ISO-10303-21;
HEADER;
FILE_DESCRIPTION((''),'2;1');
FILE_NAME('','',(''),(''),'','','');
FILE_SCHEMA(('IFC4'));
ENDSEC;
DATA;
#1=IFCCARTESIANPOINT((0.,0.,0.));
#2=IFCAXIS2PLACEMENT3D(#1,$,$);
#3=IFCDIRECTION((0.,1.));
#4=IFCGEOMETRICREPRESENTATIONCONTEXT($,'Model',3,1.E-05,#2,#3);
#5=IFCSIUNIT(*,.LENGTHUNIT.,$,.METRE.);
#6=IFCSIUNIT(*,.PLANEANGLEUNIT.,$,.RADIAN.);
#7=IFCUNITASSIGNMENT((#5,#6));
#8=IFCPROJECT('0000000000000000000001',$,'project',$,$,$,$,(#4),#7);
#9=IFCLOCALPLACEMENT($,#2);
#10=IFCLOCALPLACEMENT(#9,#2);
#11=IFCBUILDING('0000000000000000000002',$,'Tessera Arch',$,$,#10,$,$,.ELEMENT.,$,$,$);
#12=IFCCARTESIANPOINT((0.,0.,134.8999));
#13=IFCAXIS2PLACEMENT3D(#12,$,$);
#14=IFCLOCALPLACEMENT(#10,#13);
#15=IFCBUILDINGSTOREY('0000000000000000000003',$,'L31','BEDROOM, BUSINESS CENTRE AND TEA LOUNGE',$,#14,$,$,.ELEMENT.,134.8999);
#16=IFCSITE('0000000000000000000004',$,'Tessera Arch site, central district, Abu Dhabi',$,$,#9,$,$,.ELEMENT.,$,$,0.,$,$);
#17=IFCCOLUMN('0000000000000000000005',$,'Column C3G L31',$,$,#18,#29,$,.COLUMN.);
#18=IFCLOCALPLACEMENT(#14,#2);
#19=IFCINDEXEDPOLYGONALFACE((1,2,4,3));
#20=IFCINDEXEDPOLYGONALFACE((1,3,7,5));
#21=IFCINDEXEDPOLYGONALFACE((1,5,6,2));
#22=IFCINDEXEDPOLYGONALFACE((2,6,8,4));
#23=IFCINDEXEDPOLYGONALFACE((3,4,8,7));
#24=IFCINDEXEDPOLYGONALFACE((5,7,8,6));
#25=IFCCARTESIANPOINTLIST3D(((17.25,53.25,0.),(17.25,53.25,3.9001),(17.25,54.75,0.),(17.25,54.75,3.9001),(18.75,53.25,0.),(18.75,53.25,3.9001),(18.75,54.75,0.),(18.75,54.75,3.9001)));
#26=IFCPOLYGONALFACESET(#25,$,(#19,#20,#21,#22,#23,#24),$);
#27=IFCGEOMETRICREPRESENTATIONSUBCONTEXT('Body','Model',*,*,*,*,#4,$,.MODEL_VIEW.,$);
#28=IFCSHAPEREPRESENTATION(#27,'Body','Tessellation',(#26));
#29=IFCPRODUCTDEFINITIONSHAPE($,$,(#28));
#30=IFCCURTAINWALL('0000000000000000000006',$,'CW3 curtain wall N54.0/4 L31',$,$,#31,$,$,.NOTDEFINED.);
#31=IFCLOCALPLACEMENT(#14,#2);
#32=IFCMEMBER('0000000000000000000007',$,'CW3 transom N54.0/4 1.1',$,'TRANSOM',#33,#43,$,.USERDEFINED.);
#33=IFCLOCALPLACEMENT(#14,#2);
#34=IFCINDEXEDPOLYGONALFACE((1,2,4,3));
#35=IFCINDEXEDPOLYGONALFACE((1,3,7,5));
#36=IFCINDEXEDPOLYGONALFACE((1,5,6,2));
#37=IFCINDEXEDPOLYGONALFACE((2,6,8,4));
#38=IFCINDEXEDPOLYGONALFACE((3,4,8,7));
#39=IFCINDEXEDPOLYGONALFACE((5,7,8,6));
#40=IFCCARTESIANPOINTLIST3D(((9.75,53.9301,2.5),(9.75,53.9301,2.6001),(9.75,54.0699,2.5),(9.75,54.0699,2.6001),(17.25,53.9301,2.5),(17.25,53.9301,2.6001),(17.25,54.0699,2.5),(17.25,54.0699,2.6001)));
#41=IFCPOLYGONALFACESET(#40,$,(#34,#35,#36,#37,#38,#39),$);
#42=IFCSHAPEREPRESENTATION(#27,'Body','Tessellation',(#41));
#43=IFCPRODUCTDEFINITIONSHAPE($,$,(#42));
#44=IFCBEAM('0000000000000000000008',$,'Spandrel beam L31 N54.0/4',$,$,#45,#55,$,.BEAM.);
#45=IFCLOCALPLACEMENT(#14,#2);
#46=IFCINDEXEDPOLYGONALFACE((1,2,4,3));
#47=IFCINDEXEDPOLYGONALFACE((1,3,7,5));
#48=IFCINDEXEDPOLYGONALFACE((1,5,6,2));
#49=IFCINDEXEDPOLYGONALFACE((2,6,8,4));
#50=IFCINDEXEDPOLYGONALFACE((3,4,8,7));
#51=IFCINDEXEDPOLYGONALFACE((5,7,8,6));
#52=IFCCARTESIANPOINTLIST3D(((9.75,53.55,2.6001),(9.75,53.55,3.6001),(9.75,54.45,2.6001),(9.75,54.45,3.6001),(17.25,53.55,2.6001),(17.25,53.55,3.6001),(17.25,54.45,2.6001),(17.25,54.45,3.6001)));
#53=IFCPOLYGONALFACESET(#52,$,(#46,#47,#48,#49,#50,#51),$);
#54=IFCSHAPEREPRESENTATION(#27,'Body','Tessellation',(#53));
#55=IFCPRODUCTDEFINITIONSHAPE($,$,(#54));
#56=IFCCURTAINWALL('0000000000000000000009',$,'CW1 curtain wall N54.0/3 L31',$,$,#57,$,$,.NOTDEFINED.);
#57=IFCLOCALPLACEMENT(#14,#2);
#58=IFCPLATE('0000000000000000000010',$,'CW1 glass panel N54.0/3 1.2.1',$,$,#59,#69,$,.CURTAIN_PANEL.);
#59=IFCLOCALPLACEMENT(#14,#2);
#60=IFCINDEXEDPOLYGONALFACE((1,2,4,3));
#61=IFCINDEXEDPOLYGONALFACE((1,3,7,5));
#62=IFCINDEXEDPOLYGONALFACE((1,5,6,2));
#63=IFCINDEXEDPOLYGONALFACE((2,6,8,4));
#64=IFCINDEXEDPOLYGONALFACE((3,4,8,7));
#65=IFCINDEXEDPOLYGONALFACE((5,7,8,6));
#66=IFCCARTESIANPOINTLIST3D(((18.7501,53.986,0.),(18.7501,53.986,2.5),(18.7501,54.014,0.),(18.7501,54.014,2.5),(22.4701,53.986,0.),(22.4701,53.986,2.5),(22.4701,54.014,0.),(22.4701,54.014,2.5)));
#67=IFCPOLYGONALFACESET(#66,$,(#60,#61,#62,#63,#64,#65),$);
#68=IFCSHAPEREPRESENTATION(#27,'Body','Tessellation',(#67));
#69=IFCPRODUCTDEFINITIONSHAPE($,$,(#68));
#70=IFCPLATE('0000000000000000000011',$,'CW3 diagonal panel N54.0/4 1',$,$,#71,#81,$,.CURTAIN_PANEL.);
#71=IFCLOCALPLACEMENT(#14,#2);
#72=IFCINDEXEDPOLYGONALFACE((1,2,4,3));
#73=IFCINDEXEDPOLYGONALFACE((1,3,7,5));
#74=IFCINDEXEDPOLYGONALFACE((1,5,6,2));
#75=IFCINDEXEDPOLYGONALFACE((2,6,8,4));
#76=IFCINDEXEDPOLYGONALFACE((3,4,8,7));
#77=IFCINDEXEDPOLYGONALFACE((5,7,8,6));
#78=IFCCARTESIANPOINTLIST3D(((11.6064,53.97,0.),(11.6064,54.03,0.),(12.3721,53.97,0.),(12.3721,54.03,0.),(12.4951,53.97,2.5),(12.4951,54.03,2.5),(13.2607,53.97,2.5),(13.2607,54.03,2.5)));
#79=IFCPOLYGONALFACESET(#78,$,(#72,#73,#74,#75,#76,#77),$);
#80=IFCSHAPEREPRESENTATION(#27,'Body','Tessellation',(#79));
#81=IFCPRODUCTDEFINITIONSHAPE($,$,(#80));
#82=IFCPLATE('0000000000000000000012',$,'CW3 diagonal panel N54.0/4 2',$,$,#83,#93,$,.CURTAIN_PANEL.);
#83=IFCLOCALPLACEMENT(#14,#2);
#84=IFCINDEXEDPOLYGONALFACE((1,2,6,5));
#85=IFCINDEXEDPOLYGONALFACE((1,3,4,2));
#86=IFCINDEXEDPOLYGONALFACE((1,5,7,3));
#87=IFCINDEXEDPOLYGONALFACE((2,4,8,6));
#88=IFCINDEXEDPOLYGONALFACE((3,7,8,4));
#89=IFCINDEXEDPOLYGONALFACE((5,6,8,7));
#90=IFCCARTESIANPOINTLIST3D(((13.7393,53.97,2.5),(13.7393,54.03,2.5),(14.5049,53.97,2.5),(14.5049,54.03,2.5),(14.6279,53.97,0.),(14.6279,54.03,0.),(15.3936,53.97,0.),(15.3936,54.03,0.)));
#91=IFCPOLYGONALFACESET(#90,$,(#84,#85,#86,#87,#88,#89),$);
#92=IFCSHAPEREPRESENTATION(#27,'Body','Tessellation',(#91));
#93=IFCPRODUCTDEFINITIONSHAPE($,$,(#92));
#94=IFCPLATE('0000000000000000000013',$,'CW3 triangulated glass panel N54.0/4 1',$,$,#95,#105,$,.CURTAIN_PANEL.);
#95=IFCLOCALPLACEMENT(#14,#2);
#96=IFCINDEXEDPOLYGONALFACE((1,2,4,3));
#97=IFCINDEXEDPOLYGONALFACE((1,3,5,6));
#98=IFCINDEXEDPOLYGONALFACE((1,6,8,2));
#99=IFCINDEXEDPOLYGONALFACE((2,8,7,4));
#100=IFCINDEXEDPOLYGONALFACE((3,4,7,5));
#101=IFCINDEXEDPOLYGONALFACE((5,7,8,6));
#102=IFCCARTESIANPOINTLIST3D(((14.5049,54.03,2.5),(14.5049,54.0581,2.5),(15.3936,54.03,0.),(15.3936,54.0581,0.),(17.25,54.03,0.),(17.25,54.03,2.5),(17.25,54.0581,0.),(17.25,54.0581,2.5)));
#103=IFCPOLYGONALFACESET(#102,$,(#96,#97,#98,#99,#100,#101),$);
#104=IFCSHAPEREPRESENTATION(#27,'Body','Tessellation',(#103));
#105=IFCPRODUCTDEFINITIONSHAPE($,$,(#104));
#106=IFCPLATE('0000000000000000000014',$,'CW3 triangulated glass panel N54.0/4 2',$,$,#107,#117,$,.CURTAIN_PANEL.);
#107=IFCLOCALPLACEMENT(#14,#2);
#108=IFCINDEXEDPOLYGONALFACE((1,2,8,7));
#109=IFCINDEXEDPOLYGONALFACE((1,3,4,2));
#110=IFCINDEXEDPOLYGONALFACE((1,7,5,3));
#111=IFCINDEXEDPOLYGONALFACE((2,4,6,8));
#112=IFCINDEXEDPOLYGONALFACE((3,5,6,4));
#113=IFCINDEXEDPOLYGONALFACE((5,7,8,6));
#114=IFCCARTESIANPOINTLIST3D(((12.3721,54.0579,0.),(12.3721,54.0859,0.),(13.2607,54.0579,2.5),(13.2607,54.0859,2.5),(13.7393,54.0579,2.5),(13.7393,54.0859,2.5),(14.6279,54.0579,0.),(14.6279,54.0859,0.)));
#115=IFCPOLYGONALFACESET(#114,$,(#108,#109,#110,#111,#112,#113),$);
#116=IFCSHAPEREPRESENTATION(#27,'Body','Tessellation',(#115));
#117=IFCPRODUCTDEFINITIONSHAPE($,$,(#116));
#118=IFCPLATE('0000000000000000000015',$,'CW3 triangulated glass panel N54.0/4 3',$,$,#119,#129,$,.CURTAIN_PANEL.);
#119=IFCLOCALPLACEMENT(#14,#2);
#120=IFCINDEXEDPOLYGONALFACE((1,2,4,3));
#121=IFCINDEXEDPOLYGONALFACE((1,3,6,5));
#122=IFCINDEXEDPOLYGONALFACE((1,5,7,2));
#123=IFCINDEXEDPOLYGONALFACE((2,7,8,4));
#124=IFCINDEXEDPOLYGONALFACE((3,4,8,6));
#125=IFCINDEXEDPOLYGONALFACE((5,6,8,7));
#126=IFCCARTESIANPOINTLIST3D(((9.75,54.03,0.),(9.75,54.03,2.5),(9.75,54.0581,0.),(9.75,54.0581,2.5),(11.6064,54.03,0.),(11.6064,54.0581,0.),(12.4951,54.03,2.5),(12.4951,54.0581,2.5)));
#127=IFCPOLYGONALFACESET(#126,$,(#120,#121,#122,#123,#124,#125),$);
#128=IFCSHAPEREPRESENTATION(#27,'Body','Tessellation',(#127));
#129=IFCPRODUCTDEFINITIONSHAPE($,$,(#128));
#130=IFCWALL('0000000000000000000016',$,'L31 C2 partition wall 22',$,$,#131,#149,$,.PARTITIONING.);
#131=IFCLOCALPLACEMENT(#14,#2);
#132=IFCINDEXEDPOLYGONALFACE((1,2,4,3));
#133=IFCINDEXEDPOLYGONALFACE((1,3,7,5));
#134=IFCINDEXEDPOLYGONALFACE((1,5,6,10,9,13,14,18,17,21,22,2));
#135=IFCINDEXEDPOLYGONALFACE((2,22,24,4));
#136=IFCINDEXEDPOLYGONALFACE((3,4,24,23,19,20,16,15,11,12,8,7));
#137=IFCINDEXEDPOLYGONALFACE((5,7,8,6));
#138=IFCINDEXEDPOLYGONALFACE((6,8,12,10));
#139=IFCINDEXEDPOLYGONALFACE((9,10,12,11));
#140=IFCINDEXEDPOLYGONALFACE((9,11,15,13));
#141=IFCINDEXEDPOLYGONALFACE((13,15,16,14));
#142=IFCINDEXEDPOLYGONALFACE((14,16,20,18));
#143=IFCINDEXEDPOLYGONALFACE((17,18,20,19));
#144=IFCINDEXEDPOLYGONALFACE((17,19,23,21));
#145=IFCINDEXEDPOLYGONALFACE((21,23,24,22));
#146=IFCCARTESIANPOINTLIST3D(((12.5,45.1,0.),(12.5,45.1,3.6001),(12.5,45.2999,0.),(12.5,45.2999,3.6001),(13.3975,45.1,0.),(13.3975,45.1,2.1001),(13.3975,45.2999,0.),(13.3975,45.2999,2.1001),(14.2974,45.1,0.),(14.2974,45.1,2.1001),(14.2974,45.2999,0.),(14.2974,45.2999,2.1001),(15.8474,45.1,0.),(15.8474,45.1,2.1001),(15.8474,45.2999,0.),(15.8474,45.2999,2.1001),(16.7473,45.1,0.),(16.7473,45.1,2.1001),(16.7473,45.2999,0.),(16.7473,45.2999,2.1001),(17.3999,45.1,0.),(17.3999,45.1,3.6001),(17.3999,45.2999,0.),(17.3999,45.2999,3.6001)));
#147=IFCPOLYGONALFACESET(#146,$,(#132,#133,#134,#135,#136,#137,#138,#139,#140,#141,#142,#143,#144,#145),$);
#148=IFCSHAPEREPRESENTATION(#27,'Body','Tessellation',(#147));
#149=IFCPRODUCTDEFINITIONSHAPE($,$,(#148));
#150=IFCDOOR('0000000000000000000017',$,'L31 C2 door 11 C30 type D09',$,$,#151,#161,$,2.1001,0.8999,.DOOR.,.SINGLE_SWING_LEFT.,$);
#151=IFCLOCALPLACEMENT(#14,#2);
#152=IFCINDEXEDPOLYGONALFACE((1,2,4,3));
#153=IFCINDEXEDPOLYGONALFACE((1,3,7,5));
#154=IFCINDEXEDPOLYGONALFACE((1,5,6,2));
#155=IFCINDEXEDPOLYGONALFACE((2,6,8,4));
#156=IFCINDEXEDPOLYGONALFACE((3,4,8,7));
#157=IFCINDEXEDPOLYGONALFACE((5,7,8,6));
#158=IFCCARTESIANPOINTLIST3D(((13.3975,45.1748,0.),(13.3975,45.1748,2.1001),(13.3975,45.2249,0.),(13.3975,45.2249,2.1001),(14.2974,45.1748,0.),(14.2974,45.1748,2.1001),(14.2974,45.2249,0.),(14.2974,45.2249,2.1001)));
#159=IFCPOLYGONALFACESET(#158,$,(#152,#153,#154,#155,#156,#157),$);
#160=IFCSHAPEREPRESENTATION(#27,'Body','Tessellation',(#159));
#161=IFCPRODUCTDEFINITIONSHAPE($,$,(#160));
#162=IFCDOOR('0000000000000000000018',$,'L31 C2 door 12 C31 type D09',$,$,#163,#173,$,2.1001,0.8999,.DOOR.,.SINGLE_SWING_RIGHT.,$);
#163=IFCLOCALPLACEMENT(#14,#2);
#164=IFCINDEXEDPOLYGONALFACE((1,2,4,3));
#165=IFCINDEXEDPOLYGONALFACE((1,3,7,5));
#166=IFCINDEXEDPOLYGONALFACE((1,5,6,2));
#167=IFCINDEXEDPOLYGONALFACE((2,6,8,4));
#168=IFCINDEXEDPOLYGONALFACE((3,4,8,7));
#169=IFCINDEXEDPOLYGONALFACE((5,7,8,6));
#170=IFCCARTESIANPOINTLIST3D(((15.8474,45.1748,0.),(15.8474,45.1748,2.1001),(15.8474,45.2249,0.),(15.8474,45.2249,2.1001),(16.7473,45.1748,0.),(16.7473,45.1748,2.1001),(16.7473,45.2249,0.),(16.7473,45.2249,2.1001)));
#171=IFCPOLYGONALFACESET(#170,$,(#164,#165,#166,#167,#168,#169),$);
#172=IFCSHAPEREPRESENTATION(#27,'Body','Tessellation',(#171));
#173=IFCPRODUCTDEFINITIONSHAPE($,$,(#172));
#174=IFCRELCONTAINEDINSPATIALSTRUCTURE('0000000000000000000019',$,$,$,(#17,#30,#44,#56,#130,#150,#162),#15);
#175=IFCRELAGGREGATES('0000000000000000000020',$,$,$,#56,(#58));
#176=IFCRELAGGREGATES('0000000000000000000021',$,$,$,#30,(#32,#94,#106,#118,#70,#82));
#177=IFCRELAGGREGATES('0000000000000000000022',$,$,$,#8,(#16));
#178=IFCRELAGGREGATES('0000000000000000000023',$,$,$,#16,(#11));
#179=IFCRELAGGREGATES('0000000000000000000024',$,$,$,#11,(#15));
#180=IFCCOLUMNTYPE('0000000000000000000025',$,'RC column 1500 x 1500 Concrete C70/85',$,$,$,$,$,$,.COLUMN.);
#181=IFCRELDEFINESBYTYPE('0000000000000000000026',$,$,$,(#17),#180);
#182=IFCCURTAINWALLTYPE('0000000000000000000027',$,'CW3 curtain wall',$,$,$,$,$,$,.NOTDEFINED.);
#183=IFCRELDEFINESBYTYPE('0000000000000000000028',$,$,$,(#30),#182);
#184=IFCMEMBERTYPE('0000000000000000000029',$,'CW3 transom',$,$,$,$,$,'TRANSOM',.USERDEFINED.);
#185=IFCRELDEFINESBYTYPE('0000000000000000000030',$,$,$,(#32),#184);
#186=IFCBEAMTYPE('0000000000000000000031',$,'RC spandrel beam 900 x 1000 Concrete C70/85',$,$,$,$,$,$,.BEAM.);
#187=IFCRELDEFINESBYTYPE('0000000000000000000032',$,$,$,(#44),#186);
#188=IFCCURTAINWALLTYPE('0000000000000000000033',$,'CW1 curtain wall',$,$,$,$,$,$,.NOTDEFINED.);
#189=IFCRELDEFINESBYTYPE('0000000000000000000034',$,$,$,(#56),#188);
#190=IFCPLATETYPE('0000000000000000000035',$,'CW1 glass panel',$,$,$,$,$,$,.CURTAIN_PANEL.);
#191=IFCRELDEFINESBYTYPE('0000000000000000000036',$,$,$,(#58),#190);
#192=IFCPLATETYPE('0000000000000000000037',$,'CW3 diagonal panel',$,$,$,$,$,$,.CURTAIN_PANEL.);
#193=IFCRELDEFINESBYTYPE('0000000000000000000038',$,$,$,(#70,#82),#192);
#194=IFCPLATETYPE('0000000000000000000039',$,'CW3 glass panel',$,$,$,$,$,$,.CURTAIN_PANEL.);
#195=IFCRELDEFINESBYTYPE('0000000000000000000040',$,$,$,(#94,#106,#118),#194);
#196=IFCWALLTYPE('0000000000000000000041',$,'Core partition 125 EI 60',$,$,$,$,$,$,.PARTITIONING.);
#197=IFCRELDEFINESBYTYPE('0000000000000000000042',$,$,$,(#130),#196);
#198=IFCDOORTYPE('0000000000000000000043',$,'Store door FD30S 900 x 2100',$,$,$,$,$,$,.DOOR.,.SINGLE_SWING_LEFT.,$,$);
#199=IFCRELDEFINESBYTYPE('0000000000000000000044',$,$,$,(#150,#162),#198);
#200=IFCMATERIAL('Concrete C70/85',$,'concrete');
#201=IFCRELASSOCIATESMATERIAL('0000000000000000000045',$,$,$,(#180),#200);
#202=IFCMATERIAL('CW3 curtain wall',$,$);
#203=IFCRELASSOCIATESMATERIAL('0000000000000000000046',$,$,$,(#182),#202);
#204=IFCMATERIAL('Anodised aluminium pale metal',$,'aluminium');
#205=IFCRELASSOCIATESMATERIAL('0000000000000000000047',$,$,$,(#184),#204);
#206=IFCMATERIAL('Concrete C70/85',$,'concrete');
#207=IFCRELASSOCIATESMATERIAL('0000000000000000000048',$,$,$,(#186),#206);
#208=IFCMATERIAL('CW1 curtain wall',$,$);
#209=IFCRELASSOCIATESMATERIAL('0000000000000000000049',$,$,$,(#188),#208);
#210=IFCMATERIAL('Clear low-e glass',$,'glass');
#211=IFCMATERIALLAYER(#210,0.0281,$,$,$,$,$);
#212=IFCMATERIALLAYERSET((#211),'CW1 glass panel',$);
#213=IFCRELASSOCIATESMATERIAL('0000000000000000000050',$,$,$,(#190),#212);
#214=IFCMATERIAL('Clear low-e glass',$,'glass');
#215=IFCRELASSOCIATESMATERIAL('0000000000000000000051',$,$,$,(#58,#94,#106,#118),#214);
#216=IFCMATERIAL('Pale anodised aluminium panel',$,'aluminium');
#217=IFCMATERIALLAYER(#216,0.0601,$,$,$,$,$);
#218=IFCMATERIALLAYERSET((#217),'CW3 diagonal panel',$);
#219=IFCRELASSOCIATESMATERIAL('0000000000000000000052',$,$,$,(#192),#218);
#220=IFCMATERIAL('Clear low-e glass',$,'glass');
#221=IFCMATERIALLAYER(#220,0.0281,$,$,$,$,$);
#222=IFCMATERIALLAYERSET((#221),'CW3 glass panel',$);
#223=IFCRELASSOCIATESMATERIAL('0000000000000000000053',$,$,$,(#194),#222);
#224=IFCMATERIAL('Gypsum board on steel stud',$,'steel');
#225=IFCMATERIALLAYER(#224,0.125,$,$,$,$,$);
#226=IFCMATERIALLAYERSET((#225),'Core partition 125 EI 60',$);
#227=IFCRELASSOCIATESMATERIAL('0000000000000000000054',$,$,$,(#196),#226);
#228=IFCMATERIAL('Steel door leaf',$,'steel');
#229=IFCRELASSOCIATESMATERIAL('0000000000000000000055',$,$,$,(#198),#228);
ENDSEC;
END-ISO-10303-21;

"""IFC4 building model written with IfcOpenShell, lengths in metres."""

from ifc_helpers import new_model, si_unit, direction, frame, frame_2d, origin, origin_2d, place, context, subcontext, project, spatial, polyline, rectangle, outline, extrude, material, layer, layer_set, material_profile, profile_set, type_object, element, fill, aggregate, save


model = new_model("IFC4")

# Units and contexts
model_context = context("Model", 3, precision=1e-05, world=origin(), true_north=direction((0.0, 1.0)))
body_context = subcontext(model_context, "Body", "Model", "MODEL_VIEW")
ifc_project = project(units=[si_unit("LENGTHUNIT", "METRE"), si_unit("PLANEANGLEUNIT", "RADIAN")], contexts=[model_context])

# Site, building, storey
site_placement = place(None, origin())
site = spatial("IfcSite", under=ifc_project, at=site_placement, Name="Tessera Arch site, central district, Abu Dhabi", CompositionType="ELEMENT", RefElevation=0.0)
building_placement = place(site_placement, origin())
building = spatial("IfcBuilding", under=site, at=building_placement, Name="Tessera Arch", CompositionType="ELEMENT")
storey_placement = place(building_placement, frame((0.0, 0.0, 134.8999)))
storey = spatial("IfcBuildingStorey", under=building, at=storey_placement, Name="L31", Description="BEDROOM, BUSINESS CENTRE AND TEA LOUNGE", CompositionType="ELEMENT", Elevation=134.8999)

# Column
ifc_material_1 = material(Name="Concrete C70/85", Category="concrete")
ifc_material_profile_1 = material_profile(ifc_material_1, rectangle(XDim=1.5, YDim=1.5, at=origin_2d()), Name="RC column 1500 x 1500 Concrete C70/85")
ifc_profile_set_1 = profile_set([ifc_material_profile_1], Name="Concrete C70/85")
column_type = type_object("IfcColumnType", Name="RC column 1500 x 1500 Concrete C70/85", PredefinedType="COLUMN", material=ifc_profile_set_1)
column_placement = place(storey_placement, frame((18.0, 54.0, 0.0), z_axis=(0.0, 0.0, 1.0), x_axis=(1.0, 0.0, 0.0)))
element("IfcColumn", 1, at=column_placement, inside=storey, type_object=column_type, Name="Column C3G L31", PredefinedType="COLUMN", context=body_context, shape_type="SweptSolid", body=[
    extrude(rectangle(XDim=1.5, YDim=1.5, at=origin_2d()), origin(), (0.0, 0.0, 1.0), 3.9001),
])

# Curtain wall, member
ifc_material_2 = material(Name="CW3 curtain wall")
curtain_wall_type_1 = type_object("IfcCurtainWallType", Name="CW3 curtain wall", PredefinedType="NOTDEFINED", material=ifc_material_2)
curtain_wall_1_placement = place(storey_placement, origin())
curtain_wall_1 = element("IfcCurtainWall", 2, at=curtain_wall_1_placement, inside=storey, type_object=curtain_wall_type_1, Name="CW3 curtain wall N54.0/4 L31", PredefinedType="NOTDEFINED")
ifc_material_3 = material(Name="Anodised aluminium pale metal", Category="aluminium")
ifc_material_profile_2 = material_profile(ifc_material_3, rectangle(XDim=0.1399, YDim=0.1001, at=origin_2d()), Name="AL 140x100")
ifc_profile_set_2 = profile_set([ifc_material_profile_2], Name="Anodised aluminium pale metal")
member_type = type_object("IfcMemberType", Name="CW3 transom", ElementType="TRANSOM", PredefinedType="USERDEFINED", material=ifc_profile_set_2)
member_placement = place(storey_placement, frame((17.25, 54.0, 2.55), z_axis=(-1.0, 0.0, 0.0), x_axis=(0.0, -1.0, 0.0)))
member = element("IfcMember", 3, at=member_placement, type_object=member_type, Name="CW3 transom N54.0/4 1.1", ObjectType="TRANSOM", PredefinedType="USERDEFINED", context=body_context, shape_type="SweptSolid", body=[
    extrude(rectangle(XDim=0.1399, YDim=0.1001, at=origin_2d()), origin(), (0.0, 0.0, 1.0), 7.5),
])

# Beam
ifc_material_4 = material(Name="Concrete C70/85", Category="concrete")
ifc_material_profile_3 = material_profile(ifc_material_4, rectangle(XDim=0.8999, YDim=1.0, at=origin_2d()), Name="RC spandrel beam 900 x 1000 Concrete C70/85")
ifc_profile_set_3 = profile_set([ifc_material_profile_3], Name="Concrete C70/85")
beam_type = type_object("IfcBeamType", Name="RC spandrel beam 900 x 1000 Concrete C70/85", PredefinedType="BEAM", material=ifc_profile_set_3)
beam_placement = place(storey_placement, frame((17.25, 54.0, 3.1001), z_axis=(-1.0, 0.0, 0.0), x_axis=(0.0, -1.0, 0.0)))
element("IfcBeam", 4, at=beam_placement, inside=storey, type_object=beam_type, Name="Spandrel beam L31 N54.0/4", PredefinedType="BEAM", context=body_context, shape_type="SweptSolid", body=[
    extrude(rectangle(XDim=0.8999, YDim=1.0, at=origin_2d()), origin(), (0.0, 0.0, 1.0), 7.5),
])

# Curtain wall, plate
ifc_material_5 = material(Name="CW1 curtain wall")
curtain_wall_type_2 = type_object("IfcCurtainWallType", Name="CW1 curtain wall", PredefinedType="NOTDEFINED", material=ifc_material_5)
curtain_wall_2_placement = place(storey_placement, origin())
curtain_wall_2 = element("IfcCurtainWall", 5, at=curtain_wall_2_placement, inside=storey, type_object=curtain_wall_type_2, Name="CW1 curtain wall N54.0/3 L31", PredefinedType="NOTDEFINED")
ifc_material_6 = material(Name="Clear low-e glass", Category="glass")
ifc_material_7 = material(Name="Clear low-e glass", Category="glass")
ifc_layer_1 = layer(ifc_material_7, 0.0281)
ifc_layer_set_1 = layer_set([ifc_layer_1], Name="CW1 glass panel")
plate_type_1 = type_object("IfcPlateType", Name="CW1 glass panel", PredefinedType="CURTAIN_PANEL", material=ifc_layer_set_1)
plate_1_placement = place(storey_placement, frame((20.6101, 54.0, 0.0), z_axis=(0.0, 0.0, 1.0), x_axis=(-1.0, 0.0, 0.0)))
plate_1 = element("IfcPlate", 6, at=plate_1_placement, type_object=plate_type_1, material=ifc_material_6, Name="CW1 glass panel N54.0/3 1.2.1", PredefinedType="CURTAIN_PANEL", context=body_context, shape_type="SweptSolid", body=[
    extrude(rectangle(XDim=3.72, YDim=0.0281, at=origin_2d()), origin(), (0.0, 0.0, 1.0), 2.5),
])
aggregate(curtain_wall_2, [plate_1])

# Plates
ifc_material_8 = material(Name="Pale anodised aluminium panel", Category="aluminium")
ifc_layer_2 = layer(ifc_material_8, 0.0601)
ifc_layer_set_2 = layer_set([ifc_layer_2], Name="CW3 diagonal panel")
plate_type_2 = type_object("IfcPlateType", Name="CW3 diagonal panel", PredefinedType="CURTAIN_PANEL", material=ifc_layer_set_2)
plate_2_placement = place(storey_placement, frame((12.4951, 54.03, 2.5), z_axis=(0.0, 1.0, 0.0), x_axis=(1.0, 0.0, 0.0)))
plate_2 = element("IfcPlate", 7, at=plate_2_placement, type_object=plate_type_2, Name="CW3 diagonal panel N54.0/4 1", PredefinedType="CURTAIN_PANEL", context=body_context, shape_type="SweptSolid", body=[
    extrude(outline(polyline([(0.0, 0.0), (0.7656, 0.0), (-0.123, 2.5), (-0.8887, 2.5), (0.0, 0.0)])), origin(), (0.0, 0.0, -1.0), 0.0601),
])
plate_3_placement = place(storey_placement, frame((13.7393, 54.03, 2.5), z_axis=(0.0, 1.0, 0.0), x_axis=(1.0, 0.0, 0.0)))
plate_3 = element("IfcPlate", 8, at=plate_3_placement, type_object=plate_type_2, Name="CW3 diagonal panel N54.0/4 2", PredefinedType="CURTAIN_PANEL", context=body_context, shape_type="SweptSolid", body=[
    extrude(outline(polyline([(0.0, 0.0), (0.7656, 0.0), (1.6543, 2.5), (0.8887, 2.5), (0.0, 0.0)])), origin(), (0.0, 0.0, -1.0), 0.0601),
])
ifc_material_9 = material(Name="Clear low-e glass", Category="glass")
ifc_layer_3 = layer(ifc_material_9, 0.0281)
ifc_layer_set_3 = layer_set([ifc_layer_3], Name="CW3 glass panel")
plate_type_3 = type_object("IfcPlateType", Name="CW3 glass panel", PredefinedType="CURTAIN_PANEL", material=ifc_layer_set_3)
plate_4_placement = place(storey_placement, frame((17.25, 54.0581, 0.0), z_axis=(0.0, 1.0, 0.0), x_axis=(-1.0, 0.0, 0.0)))
plate_4 = element("IfcPlate", 9, at=plate_4_placement, type_object=plate_type_3, material=ifc_material_6, Name="CW3 triangulated glass panel N54.0/4 1", PredefinedType="CURTAIN_PANEL", context=body_context, shape_type="SweptSolid", body=[
    extrude(outline(polyline([(0.0, 0.0), (1.8564, 0.0), (2.7451, 2.5), (0.0, 2.5), (0.0, 0.0)])), origin(), (0.0, 0.0, -1.0), 0.0281),
])
plate_5_placement = place(storey_placement, frame((13.2607, 54.0859, 2.5), z_axis=(0.0, 1.0, 0.0), x_axis=(1.0, 0.0, 0.0)))
plate_5 = element("IfcPlate", 10, at=plate_5_placement, type_object=plate_type_3, material=ifc_material_6, Name="CW3 triangulated glass panel N54.0/4 2", PredefinedType="CURTAIN_PANEL", context=body_context, shape_type="SweptSolid", body=[
    extrude(outline(polyline([(0.0, 0.0), (0.4785, 0.0), (1.3672, 2.5), (-0.8887, 2.5), (0.0, 0.0)])), origin(), (0.0, 0.0, -1.0), 0.0281),
])
plate_6_placement = place(storey_placement, frame((9.75, 54.0581, 2.5), z_axis=(0.0, 1.0, 0.0), x_axis=(1.0, 0.0, 0.0)))
plate_6 = element("IfcPlate", 11, at=plate_6_placement, type_object=plate_type_3, material=ifc_material_6, Name="CW3 triangulated glass panel N54.0/4 3", PredefinedType="CURTAIN_PANEL", context=body_context, shape_type="SweptSolid", body=[
    extrude(outline(polyline([(0.0, 0.0), (2.7451, 0.0), (1.8564, 2.5), (0.0, 2.5), (0.0, 0.0)])), origin(), (0.0, 0.0, -1.0), 0.0281),
])
aggregate(curtain_wall_1, [member, plate_4, plate_5, plate_6, plate_2, plate_3])

# Wall, openings, doors
ifc_material_10 = material(Name="Gypsum board on steel stud", Category="steel")
ifc_layer_4 = layer(ifc_material_10, 0.125)
ifc_layer_set_4 = layer_set([ifc_layer_4], Name="Core partition 125 EI 60")
wall_type_1 = type_object("IfcWallType", Name="Core partition 125 EI 60", PredefinedType="PARTITIONING", material=ifc_layer_set_4)
wall_1_placement = place(storey_placement, frame((12.5, 45.2, 0.0), z_axis=(0.0, 0.0, 1.0), x_axis=(1.0, 0.0, 0.0)))
wall_1 = element("IfcWall", 12, at=wall_1_placement, inside=storey, type_object=wall_type_1, Name="L31 C2 partition wall 22", PredefinedType="PARTITIONING", context=body_context, shape_type="SweptSolid", body=[
    extrude(rectangle(XDim=4.8999, YDim=0.2, at=frame_2d((2.45, 0.0))), origin(), (0.0, 0.0, 1.0), 3.6001),
])
opening_1_placement = place(wall_1_placement, frame((0.8975, 0.0, 0.0)))
opening_1 = element("IfcOpeningElement", 13, at=opening_1_placement, cuts=wall_1, PredefinedType="OPENING", context=body_context, shape_type="SweptSolid", body=[
    extrude(rectangle(XDim=0.8999, YDim=2.1001, at=frame_2d((0.45, 1.05))), frame((0.0, 0.1099, 0.0), z_axis=(0.0, -1.0, 0.0), x_axis=(1.0, 0.0, 0.0)), (0.0, 0.0, 1.0), 0.22),
])
opening_2_placement = place(wall_1_placement, frame((3.3474, 0.0, 0.0)))
opening_2 = element("IfcOpeningElement", 14, at=opening_2_placement, cuts=wall_1, PredefinedType="OPENING", context=body_context, shape_type="SweptSolid", body=[
    extrude(rectangle(XDim=0.8999, YDim=2.1001, at=frame_2d((0.45, 1.05))), frame((0.0, 0.1099, 0.0), z_axis=(0.0, -1.0, 0.0), x_axis=(1.0, 0.0, 0.0)), (0.0, 0.0, 1.0), 0.22),
])
ifc_material_11 = material(Name="Steel door leaf", Category="steel")
door_type_1 = type_object("IfcDoorType", Name="Store door FD30S 900 x 2100", OperationType="SINGLE_SWING_LEFT", PredefinedType="DOOR", material=ifc_material_11)
door_1_placement = place(opening_1_placement, origin())
door_1 = element("IfcDoor", 15, at=door_1_placement, inside=storey, type_object=door_type_1, Name="L31 C2 door 11 C30 type D09", OperationType="SINGLE_SWING_LEFT", OverallHeight=2.1001, OverallWidth=0.8999, PredefinedType="DOOR", context=body_context, shape_type="SweptSolid", body=[
    extrude(rectangle(XDim=0.8999, YDim=2.1001, at=frame_2d((0.45, 1.05))), frame((0.0, 0.0249, 0.0), z_axis=(0.0, -1.0, 0.0), x_axis=(1.0, 0.0, 0.0)), (0.0, 0.0, 1.0), 0.05),
])
fill(opening_1, door_1)
door_2_placement = place(opening_2_placement, origin())
door_2 = element("IfcDoor", 16, at=door_2_placement, inside=storey, type_object=door_type_1, Name="L31 C2 door 12 C31 type D09", OperationType="SINGLE_SWING_RIGHT", OverallHeight=2.1001, OverallWidth=0.8999, PredefinedType="DOOR", context=body_context, shape_type="SweptSolid", body=[
    extrude(rectangle(XDim=0.8999, YDim=2.1001, at=frame_2d((0.45, 1.05))), frame((0.0, 0.0249, 0.0), z_axis=(0.0, -1.0, 0.0), x_axis=(1.0, 0.0, 0.0)), (0.0, 0.0, 1.0), 0.05),
])
fill(opening_2, door_2)

save(model, "model.ifc")
